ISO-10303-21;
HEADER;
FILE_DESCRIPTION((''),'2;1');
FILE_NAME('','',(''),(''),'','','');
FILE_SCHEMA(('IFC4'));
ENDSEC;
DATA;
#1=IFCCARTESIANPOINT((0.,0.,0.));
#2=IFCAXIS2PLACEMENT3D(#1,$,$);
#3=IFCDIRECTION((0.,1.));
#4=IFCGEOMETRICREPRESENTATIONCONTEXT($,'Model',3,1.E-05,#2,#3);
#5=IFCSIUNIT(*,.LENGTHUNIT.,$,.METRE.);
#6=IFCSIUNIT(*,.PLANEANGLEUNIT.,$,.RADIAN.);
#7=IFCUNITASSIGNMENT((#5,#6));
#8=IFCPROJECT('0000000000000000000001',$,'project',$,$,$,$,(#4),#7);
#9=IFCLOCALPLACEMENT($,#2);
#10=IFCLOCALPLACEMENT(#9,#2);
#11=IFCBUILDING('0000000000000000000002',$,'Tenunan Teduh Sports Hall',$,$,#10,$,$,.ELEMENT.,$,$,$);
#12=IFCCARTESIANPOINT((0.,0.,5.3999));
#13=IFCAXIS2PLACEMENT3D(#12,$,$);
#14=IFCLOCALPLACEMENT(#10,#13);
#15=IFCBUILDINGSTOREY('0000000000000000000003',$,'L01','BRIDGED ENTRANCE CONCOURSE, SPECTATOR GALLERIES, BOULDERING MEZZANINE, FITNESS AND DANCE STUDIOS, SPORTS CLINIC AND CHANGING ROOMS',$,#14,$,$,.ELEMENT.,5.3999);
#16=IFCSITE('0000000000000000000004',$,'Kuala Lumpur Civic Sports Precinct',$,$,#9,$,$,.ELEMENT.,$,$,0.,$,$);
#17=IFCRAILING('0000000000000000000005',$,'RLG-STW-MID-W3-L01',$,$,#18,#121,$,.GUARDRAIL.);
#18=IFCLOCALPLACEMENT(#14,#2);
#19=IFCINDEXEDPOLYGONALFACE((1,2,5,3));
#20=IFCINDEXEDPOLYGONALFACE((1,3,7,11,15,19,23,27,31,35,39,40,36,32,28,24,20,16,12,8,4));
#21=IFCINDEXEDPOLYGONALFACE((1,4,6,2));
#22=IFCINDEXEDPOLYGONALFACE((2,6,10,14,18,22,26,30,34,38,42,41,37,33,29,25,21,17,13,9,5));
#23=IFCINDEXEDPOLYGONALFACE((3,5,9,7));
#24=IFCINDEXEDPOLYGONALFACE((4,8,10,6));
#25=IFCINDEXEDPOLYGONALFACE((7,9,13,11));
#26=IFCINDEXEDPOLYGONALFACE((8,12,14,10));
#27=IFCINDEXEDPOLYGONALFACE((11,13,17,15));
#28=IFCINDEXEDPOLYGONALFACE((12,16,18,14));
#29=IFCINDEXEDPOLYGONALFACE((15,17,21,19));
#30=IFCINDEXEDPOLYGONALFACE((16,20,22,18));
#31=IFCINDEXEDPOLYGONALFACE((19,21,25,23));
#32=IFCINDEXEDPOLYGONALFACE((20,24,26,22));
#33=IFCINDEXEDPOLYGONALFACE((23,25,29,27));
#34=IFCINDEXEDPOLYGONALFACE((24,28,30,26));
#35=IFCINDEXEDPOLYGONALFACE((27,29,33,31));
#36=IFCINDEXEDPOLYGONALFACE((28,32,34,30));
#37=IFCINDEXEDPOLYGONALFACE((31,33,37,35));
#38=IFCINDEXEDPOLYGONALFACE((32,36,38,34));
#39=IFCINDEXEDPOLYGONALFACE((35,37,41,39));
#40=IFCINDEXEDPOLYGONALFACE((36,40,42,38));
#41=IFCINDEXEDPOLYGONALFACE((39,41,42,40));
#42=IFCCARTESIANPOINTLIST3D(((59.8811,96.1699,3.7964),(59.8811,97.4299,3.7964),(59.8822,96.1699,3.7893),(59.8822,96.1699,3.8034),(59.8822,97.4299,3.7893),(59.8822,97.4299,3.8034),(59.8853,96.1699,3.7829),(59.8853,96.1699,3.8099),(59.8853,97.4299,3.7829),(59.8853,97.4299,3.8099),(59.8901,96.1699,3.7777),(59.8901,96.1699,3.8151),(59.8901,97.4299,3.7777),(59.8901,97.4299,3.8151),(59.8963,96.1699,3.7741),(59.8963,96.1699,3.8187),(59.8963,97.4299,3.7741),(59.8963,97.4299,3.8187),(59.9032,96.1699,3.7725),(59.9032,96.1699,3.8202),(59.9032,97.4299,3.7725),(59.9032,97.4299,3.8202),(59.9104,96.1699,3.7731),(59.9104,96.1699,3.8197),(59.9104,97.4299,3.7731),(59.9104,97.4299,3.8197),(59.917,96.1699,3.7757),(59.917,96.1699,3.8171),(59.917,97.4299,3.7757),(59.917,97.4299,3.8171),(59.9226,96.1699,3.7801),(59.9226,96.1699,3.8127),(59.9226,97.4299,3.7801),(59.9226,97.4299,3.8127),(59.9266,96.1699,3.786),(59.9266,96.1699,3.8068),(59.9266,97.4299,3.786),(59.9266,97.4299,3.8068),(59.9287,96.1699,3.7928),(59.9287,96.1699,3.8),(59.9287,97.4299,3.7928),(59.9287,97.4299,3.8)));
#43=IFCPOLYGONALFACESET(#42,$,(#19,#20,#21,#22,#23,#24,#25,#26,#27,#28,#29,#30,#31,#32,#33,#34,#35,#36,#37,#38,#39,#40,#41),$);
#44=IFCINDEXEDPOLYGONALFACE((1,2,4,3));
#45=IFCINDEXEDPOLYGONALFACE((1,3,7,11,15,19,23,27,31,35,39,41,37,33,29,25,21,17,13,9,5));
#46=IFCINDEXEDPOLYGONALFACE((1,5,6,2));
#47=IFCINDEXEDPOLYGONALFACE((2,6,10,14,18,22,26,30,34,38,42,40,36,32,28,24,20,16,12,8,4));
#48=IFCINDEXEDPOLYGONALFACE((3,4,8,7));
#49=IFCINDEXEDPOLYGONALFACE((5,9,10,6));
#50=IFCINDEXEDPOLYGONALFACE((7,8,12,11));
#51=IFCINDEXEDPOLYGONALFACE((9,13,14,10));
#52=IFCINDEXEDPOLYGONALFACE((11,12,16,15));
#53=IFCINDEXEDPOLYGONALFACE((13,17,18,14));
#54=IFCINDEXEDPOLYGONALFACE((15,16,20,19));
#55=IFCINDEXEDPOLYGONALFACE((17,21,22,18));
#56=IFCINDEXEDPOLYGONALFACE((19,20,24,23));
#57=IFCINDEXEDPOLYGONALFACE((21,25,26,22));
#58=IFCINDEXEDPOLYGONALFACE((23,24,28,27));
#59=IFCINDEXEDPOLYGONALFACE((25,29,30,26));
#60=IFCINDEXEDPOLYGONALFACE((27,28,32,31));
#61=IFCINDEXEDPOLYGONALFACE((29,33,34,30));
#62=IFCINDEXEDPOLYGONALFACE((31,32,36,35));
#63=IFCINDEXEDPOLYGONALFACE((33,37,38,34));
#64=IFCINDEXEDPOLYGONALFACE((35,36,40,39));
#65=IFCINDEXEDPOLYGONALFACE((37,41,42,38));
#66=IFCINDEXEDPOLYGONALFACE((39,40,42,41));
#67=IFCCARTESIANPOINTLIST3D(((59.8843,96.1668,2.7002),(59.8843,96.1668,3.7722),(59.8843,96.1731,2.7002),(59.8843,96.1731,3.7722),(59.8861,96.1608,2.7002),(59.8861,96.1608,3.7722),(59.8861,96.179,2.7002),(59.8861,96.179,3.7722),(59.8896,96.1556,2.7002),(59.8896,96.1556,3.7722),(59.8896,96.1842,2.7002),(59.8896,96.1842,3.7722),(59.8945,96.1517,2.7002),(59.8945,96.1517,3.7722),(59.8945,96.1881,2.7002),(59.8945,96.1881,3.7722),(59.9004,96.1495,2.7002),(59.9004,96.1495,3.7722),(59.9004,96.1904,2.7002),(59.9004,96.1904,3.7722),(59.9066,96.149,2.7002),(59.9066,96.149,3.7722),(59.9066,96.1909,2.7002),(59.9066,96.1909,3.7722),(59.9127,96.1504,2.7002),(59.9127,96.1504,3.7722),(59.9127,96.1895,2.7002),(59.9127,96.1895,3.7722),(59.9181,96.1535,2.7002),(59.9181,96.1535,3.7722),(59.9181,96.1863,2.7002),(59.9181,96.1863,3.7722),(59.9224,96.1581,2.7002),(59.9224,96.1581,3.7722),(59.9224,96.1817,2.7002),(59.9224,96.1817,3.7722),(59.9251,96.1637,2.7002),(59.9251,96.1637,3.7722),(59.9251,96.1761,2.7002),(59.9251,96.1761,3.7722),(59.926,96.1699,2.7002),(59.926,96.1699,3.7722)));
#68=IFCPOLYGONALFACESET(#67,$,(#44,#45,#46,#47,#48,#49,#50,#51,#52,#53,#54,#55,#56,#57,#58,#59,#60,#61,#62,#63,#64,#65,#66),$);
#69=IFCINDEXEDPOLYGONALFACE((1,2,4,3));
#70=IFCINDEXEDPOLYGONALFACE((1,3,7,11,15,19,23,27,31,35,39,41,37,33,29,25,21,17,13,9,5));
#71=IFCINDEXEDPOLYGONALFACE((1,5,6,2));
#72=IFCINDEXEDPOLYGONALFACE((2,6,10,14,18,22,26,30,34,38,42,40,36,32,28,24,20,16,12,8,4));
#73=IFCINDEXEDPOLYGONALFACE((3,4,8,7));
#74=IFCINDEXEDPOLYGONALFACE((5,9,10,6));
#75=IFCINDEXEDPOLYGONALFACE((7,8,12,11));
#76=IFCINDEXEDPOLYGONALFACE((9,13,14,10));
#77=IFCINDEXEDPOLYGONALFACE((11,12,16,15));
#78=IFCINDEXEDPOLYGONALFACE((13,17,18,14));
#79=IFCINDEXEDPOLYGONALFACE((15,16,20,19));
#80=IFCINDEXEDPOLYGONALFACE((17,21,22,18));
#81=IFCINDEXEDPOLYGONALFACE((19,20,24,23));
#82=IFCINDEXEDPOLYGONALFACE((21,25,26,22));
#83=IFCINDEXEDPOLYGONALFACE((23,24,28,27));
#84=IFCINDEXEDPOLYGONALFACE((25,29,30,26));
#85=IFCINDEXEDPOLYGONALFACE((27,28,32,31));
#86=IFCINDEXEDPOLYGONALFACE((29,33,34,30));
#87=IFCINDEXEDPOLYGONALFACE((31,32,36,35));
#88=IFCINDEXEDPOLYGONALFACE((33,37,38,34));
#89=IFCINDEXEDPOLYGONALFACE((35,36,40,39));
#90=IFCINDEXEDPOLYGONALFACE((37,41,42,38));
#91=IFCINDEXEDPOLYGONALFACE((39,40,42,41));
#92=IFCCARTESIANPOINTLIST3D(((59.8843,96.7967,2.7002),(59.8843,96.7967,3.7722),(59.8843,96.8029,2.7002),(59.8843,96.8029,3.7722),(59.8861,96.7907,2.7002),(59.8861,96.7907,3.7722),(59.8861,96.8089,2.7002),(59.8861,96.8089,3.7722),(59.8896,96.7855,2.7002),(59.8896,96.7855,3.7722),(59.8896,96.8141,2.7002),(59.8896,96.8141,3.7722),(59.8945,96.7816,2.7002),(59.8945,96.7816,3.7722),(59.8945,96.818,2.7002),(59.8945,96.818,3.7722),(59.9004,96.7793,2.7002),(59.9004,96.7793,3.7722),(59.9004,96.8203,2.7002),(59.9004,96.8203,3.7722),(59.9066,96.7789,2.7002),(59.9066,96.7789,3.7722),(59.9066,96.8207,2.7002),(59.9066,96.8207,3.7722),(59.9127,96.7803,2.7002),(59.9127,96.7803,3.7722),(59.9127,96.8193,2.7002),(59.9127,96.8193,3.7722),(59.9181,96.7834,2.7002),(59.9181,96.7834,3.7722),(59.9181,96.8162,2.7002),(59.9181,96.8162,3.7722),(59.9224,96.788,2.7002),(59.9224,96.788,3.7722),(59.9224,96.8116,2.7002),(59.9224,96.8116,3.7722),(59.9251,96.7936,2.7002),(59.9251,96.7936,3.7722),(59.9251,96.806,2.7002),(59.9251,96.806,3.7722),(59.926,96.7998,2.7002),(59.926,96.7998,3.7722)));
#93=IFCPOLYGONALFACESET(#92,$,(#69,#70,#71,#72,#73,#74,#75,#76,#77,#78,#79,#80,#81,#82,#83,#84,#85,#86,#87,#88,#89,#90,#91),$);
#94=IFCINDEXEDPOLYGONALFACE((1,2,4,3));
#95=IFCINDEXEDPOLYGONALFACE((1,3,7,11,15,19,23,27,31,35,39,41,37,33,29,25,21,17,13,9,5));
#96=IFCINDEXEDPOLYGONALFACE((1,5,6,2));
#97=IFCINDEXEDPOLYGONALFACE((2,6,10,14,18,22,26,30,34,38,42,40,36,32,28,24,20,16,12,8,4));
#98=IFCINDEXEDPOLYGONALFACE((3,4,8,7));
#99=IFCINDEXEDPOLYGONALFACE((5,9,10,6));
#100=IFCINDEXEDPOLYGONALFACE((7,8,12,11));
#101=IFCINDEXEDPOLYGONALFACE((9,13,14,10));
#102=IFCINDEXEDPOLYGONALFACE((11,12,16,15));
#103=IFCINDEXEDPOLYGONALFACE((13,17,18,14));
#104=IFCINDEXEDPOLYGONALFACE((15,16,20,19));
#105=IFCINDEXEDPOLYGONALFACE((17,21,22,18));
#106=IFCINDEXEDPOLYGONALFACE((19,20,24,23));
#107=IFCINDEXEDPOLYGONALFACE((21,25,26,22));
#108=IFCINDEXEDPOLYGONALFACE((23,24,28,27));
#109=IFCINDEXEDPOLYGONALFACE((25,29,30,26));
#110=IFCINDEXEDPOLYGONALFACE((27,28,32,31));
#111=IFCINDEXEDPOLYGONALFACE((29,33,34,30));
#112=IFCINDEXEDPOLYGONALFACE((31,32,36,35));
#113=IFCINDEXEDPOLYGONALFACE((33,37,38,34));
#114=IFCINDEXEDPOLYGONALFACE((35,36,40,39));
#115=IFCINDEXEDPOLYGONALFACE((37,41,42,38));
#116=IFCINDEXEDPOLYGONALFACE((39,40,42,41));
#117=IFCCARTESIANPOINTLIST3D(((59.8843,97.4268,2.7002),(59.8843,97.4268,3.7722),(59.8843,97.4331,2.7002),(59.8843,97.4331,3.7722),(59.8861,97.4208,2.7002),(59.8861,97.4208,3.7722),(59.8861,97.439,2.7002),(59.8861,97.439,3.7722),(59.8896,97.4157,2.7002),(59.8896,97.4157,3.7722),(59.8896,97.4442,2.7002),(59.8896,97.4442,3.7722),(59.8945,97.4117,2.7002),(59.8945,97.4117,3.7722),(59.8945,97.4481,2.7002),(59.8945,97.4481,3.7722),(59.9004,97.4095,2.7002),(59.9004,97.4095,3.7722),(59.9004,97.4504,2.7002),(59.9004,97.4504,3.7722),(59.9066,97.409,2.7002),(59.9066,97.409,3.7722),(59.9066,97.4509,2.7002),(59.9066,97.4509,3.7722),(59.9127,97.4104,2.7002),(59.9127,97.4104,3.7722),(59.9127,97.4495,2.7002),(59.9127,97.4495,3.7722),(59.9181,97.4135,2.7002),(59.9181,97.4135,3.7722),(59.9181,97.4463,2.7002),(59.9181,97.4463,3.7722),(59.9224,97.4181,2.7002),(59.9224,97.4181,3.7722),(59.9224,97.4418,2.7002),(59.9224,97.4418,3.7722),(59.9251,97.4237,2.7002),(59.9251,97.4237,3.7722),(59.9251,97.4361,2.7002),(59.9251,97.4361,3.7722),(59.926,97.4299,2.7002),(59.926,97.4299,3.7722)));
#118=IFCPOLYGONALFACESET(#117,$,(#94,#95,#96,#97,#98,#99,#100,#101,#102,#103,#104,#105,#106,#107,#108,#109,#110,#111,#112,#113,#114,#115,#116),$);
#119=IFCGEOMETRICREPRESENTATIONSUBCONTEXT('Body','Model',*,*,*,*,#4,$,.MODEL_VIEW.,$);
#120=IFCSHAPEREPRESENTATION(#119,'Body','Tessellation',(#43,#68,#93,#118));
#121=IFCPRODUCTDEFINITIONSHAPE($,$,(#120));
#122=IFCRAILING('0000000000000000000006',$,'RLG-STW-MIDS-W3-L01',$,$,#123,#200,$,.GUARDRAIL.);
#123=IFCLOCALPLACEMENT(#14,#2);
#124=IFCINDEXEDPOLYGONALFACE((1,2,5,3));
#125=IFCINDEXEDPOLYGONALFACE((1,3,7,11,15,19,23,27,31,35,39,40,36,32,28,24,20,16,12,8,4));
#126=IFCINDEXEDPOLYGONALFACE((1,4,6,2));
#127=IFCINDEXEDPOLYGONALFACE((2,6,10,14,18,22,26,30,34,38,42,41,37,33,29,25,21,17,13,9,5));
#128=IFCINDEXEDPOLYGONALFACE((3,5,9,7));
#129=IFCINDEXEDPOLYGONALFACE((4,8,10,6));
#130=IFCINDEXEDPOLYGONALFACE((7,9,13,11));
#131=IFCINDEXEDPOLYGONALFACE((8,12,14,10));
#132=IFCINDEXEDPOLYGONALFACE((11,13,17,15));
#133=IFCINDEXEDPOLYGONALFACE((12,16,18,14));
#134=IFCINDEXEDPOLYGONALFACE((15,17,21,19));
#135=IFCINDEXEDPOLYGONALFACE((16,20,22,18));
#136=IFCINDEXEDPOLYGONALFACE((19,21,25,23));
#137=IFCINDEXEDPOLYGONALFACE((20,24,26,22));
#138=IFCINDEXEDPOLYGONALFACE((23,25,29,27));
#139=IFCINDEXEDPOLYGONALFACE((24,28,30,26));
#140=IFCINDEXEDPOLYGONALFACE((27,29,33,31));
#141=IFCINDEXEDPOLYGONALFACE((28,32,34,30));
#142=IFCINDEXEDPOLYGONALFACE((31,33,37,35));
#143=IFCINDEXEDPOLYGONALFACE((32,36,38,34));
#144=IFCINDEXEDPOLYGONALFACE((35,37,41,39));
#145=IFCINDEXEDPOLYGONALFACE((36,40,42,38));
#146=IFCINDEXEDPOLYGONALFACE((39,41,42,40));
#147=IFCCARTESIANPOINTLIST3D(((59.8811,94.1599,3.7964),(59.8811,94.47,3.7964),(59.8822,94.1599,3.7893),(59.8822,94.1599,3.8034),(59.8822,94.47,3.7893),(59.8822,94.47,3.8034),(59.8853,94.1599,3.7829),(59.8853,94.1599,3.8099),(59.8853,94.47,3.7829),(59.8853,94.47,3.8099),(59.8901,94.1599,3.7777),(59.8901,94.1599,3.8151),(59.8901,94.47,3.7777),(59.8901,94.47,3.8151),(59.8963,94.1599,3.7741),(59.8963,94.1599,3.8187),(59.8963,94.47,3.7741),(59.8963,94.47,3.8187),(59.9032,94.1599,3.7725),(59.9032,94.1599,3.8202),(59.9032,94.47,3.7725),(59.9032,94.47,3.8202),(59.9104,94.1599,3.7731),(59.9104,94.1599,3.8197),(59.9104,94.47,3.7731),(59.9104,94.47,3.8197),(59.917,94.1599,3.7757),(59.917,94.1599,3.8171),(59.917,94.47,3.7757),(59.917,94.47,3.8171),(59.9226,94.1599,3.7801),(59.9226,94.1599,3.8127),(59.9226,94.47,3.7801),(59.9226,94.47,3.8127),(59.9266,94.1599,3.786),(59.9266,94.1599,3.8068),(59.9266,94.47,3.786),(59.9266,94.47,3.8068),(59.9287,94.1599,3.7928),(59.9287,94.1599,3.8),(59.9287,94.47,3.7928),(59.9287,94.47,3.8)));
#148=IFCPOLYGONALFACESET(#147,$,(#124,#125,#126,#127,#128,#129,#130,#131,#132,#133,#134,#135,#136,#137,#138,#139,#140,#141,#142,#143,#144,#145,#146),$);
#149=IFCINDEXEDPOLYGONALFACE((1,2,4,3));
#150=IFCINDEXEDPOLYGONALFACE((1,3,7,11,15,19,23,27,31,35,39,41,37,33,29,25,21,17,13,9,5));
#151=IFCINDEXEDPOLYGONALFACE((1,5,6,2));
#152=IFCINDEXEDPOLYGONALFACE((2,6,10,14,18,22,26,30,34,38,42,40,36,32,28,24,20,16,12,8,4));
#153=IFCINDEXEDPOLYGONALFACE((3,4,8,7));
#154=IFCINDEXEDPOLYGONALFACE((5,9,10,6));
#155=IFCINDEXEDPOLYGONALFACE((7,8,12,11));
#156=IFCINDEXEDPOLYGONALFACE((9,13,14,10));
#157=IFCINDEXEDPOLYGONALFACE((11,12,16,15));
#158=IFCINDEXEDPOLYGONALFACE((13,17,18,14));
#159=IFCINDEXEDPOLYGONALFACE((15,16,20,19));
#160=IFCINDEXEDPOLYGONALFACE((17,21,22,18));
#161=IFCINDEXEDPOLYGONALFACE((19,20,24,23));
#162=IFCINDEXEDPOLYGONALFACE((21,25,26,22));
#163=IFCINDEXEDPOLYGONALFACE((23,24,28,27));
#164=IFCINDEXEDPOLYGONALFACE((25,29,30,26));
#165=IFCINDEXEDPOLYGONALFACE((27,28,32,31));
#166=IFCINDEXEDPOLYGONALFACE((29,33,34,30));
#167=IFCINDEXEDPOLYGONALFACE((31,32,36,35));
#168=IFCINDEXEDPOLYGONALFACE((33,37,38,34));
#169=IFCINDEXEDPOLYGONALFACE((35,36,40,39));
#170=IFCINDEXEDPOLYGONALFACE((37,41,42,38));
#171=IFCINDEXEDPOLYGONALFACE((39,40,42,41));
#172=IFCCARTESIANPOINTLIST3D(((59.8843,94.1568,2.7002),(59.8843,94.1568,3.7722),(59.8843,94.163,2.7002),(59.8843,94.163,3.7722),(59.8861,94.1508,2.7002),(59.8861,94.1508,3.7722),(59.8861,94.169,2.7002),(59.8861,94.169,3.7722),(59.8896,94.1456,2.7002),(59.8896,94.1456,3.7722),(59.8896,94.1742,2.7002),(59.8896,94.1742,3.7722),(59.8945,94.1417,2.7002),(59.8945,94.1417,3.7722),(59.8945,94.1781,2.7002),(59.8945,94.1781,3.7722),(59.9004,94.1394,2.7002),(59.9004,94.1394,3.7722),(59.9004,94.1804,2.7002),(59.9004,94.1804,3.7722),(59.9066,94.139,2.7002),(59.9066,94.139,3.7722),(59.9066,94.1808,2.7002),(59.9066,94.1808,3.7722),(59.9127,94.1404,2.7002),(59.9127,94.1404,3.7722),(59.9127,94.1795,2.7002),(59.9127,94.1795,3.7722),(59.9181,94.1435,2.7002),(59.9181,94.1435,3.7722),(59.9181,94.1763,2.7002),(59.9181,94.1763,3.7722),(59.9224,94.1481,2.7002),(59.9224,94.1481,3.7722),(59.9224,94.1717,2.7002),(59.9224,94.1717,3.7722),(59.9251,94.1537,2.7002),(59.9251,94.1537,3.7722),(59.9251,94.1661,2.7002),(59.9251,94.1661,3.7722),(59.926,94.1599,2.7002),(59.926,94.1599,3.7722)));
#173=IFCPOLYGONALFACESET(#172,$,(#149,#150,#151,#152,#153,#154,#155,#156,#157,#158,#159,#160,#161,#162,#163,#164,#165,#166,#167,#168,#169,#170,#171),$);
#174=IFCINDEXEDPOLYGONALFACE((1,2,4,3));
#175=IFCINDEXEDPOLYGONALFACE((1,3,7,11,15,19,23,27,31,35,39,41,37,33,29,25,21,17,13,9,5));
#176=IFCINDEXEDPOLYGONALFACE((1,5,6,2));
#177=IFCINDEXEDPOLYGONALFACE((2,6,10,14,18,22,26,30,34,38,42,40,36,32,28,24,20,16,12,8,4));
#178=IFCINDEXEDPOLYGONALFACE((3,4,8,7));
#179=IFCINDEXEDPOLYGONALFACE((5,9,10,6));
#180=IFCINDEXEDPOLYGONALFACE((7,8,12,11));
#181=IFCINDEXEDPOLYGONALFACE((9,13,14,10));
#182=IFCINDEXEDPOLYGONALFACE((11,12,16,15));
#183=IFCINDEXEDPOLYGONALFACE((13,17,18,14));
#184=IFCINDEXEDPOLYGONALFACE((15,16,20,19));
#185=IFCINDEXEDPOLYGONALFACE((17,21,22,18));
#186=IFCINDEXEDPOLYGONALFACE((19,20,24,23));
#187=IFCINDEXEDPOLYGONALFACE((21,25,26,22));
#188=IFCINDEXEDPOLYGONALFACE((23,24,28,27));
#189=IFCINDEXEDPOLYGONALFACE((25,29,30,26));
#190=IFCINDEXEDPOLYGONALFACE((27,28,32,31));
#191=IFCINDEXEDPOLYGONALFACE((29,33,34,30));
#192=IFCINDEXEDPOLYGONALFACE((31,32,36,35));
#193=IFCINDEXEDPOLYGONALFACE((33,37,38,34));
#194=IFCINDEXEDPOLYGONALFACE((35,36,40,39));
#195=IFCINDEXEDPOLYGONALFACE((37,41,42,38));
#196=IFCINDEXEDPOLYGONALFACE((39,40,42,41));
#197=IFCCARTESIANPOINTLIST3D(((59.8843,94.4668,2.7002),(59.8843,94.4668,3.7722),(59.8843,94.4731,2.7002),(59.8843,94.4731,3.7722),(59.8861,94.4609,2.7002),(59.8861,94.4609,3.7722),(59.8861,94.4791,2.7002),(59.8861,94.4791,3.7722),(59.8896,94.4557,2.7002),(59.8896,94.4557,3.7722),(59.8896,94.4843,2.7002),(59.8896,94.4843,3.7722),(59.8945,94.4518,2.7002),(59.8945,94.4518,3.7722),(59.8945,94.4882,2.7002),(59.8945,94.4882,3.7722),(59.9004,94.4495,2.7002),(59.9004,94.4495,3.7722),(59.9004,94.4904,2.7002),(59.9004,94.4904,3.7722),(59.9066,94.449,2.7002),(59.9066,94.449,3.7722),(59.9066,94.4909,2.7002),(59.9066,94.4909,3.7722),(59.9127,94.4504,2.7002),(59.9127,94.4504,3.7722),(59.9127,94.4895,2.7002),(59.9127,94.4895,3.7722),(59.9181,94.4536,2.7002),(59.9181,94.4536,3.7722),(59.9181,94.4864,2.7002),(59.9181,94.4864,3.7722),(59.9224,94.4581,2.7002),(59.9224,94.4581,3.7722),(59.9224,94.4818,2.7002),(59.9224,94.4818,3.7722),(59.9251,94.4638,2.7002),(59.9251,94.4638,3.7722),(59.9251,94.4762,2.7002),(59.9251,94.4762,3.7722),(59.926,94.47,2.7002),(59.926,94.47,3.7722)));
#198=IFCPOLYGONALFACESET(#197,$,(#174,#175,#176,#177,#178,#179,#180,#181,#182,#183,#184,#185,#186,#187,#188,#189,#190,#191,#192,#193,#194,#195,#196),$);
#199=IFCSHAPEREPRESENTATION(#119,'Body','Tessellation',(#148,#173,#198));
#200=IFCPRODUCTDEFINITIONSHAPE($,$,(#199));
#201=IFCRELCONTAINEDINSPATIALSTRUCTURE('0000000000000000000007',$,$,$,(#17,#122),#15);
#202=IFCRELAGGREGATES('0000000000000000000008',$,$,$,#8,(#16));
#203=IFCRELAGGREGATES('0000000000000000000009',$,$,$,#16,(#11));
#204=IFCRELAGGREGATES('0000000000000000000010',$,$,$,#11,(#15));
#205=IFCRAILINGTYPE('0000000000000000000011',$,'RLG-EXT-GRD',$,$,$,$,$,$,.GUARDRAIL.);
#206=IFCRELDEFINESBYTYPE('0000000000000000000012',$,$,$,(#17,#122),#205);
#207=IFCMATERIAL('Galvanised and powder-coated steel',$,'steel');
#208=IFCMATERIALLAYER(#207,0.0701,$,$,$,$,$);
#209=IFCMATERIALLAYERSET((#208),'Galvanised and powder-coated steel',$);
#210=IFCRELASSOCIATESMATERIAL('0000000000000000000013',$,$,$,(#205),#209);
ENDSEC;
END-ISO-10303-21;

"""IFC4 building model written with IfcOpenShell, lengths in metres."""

from ifc_helpers import new_model, si_unit, direction, frame, origin, origin_2d, place, context, subcontext, project, spatial, circle, extrude, material, layer, layer_set, type_object, element, save


model = new_model("IFC4")

# Units and contexts
model_context = context("Model", 3, precision=1e-05, world=origin(), true_north=direction((0.0, 1.0)))
body_context = subcontext(model_context, "Body", "Model", "MODEL_VIEW")
ifc_project = project(units=[si_unit("LENGTHUNIT", "METRE"), si_unit("PLANEANGLEUNIT", "RADIAN")], contexts=[model_context])

# Site, building, storey
site_placement = place(None, origin())
site = spatial("IfcSite", under=ifc_project, at=site_placement, Name="Kuala Lumpur Civic Sports Precinct", CompositionType="ELEMENT", RefElevation=0.0)
building_placement = place(site_placement, origin())
building = spatial("IfcBuilding", under=site, at=building_placement, Name="Tenunan Teduh Sports Hall", CompositionType="ELEMENT")
storey_placement = place(building_placement, frame((0.0, 0.0, 5.3999)))
storey = spatial("IfcBuildingStorey", under=building, at=storey_placement, Name="L01", Description="BRIDGED ENTRANCE CONCOURSE, SPECTATOR GALLERIES, BOULDERING MEZZANINE, FITNESS AND DANCE STUDIOS, SPORTS CLINIC AND CHANGING ROOMS", CompositionType="ELEMENT", Elevation=5.3999)

# Railings
ifc_material_1 = material(Name="Galvanised and powder-coated steel", Category="steel")
ifc_layer_1 = layer(ifc_material_1, 0.0701)
ifc_layer_set_1 = layer_set([ifc_layer_1], Name="Galvanised and powder-coated steel")
railing_type_1 = type_object("IfcRailingType", Name="RLG-EXT-GRD", PredefinedType="GUARDRAIL", material=ifc_layer_set_1)
railing_1_placement = place(storey_placement, frame((59.905, 96.1699, 2.7002)))
element("IfcRailing", 1, at=railing_1_placement, inside=storey, type_object=railing_type_1, Name="RLG-STW-MID-W3-L01", PredefinedType="GUARDRAIL", context=body_context, shape_type="SweptSolid", body=[
    extrude(circle(Radius=0.0239, at=origin_2d()), frame((0.0, 0.0, 1.0962), z_axis=(0.0, 1.0, 0.0), x_axis=(-1.0, 0.0, 0.0)), (0.0, 0.0, 1.0), 1.26),
    extrude(circle(Radius=0.021, at=origin_2d()), origin(), (0.0, 0.0, 1.0), 1.072),
    extrude(circle(Radius=0.021, at=origin_2d()), frame((0.0, 0.6299, 0.0)), (0.0, 0.0, 1.0), 1.072),
    extrude(circle(Radius=0.021, at=origin_2d()), frame((0.0, 1.26, 0.0)), (0.0, 0.0, 1.0), 1.072),
])
railing_2_placement = place(storey_placement, frame((59.905, 94.1599, 2.7002)))
element("IfcRailing", 2, at=railing_2_placement, inside=storey, type_object=railing_type_1, Name="RLG-STW-MIDS-W3-L01", PredefinedType="GUARDRAIL", context=body_context, shape_type="SweptSolid", body=[
    extrude(circle(Radius=0.0239, at=origin_2d()), frame((0.0, 0.0, 1.0962), z_axis=(0.0, 1.0, 0.0), x_axis=(-1.0, 0.0, 0.0)), (0.0, 0.0, 1.0), 0.3101),
    extrude(circle(Radius=0.021, at=origin_2d()), origin(), (0.0, 0.0, 1.0), 1.072),
    extrude(circle(Radius=0.021, at=origin_2d()), frame((0.0, 0.3101, 0.0)), (0.0, 0.0, 1.0), 1.072),
])

save(model, "model.ifc")
